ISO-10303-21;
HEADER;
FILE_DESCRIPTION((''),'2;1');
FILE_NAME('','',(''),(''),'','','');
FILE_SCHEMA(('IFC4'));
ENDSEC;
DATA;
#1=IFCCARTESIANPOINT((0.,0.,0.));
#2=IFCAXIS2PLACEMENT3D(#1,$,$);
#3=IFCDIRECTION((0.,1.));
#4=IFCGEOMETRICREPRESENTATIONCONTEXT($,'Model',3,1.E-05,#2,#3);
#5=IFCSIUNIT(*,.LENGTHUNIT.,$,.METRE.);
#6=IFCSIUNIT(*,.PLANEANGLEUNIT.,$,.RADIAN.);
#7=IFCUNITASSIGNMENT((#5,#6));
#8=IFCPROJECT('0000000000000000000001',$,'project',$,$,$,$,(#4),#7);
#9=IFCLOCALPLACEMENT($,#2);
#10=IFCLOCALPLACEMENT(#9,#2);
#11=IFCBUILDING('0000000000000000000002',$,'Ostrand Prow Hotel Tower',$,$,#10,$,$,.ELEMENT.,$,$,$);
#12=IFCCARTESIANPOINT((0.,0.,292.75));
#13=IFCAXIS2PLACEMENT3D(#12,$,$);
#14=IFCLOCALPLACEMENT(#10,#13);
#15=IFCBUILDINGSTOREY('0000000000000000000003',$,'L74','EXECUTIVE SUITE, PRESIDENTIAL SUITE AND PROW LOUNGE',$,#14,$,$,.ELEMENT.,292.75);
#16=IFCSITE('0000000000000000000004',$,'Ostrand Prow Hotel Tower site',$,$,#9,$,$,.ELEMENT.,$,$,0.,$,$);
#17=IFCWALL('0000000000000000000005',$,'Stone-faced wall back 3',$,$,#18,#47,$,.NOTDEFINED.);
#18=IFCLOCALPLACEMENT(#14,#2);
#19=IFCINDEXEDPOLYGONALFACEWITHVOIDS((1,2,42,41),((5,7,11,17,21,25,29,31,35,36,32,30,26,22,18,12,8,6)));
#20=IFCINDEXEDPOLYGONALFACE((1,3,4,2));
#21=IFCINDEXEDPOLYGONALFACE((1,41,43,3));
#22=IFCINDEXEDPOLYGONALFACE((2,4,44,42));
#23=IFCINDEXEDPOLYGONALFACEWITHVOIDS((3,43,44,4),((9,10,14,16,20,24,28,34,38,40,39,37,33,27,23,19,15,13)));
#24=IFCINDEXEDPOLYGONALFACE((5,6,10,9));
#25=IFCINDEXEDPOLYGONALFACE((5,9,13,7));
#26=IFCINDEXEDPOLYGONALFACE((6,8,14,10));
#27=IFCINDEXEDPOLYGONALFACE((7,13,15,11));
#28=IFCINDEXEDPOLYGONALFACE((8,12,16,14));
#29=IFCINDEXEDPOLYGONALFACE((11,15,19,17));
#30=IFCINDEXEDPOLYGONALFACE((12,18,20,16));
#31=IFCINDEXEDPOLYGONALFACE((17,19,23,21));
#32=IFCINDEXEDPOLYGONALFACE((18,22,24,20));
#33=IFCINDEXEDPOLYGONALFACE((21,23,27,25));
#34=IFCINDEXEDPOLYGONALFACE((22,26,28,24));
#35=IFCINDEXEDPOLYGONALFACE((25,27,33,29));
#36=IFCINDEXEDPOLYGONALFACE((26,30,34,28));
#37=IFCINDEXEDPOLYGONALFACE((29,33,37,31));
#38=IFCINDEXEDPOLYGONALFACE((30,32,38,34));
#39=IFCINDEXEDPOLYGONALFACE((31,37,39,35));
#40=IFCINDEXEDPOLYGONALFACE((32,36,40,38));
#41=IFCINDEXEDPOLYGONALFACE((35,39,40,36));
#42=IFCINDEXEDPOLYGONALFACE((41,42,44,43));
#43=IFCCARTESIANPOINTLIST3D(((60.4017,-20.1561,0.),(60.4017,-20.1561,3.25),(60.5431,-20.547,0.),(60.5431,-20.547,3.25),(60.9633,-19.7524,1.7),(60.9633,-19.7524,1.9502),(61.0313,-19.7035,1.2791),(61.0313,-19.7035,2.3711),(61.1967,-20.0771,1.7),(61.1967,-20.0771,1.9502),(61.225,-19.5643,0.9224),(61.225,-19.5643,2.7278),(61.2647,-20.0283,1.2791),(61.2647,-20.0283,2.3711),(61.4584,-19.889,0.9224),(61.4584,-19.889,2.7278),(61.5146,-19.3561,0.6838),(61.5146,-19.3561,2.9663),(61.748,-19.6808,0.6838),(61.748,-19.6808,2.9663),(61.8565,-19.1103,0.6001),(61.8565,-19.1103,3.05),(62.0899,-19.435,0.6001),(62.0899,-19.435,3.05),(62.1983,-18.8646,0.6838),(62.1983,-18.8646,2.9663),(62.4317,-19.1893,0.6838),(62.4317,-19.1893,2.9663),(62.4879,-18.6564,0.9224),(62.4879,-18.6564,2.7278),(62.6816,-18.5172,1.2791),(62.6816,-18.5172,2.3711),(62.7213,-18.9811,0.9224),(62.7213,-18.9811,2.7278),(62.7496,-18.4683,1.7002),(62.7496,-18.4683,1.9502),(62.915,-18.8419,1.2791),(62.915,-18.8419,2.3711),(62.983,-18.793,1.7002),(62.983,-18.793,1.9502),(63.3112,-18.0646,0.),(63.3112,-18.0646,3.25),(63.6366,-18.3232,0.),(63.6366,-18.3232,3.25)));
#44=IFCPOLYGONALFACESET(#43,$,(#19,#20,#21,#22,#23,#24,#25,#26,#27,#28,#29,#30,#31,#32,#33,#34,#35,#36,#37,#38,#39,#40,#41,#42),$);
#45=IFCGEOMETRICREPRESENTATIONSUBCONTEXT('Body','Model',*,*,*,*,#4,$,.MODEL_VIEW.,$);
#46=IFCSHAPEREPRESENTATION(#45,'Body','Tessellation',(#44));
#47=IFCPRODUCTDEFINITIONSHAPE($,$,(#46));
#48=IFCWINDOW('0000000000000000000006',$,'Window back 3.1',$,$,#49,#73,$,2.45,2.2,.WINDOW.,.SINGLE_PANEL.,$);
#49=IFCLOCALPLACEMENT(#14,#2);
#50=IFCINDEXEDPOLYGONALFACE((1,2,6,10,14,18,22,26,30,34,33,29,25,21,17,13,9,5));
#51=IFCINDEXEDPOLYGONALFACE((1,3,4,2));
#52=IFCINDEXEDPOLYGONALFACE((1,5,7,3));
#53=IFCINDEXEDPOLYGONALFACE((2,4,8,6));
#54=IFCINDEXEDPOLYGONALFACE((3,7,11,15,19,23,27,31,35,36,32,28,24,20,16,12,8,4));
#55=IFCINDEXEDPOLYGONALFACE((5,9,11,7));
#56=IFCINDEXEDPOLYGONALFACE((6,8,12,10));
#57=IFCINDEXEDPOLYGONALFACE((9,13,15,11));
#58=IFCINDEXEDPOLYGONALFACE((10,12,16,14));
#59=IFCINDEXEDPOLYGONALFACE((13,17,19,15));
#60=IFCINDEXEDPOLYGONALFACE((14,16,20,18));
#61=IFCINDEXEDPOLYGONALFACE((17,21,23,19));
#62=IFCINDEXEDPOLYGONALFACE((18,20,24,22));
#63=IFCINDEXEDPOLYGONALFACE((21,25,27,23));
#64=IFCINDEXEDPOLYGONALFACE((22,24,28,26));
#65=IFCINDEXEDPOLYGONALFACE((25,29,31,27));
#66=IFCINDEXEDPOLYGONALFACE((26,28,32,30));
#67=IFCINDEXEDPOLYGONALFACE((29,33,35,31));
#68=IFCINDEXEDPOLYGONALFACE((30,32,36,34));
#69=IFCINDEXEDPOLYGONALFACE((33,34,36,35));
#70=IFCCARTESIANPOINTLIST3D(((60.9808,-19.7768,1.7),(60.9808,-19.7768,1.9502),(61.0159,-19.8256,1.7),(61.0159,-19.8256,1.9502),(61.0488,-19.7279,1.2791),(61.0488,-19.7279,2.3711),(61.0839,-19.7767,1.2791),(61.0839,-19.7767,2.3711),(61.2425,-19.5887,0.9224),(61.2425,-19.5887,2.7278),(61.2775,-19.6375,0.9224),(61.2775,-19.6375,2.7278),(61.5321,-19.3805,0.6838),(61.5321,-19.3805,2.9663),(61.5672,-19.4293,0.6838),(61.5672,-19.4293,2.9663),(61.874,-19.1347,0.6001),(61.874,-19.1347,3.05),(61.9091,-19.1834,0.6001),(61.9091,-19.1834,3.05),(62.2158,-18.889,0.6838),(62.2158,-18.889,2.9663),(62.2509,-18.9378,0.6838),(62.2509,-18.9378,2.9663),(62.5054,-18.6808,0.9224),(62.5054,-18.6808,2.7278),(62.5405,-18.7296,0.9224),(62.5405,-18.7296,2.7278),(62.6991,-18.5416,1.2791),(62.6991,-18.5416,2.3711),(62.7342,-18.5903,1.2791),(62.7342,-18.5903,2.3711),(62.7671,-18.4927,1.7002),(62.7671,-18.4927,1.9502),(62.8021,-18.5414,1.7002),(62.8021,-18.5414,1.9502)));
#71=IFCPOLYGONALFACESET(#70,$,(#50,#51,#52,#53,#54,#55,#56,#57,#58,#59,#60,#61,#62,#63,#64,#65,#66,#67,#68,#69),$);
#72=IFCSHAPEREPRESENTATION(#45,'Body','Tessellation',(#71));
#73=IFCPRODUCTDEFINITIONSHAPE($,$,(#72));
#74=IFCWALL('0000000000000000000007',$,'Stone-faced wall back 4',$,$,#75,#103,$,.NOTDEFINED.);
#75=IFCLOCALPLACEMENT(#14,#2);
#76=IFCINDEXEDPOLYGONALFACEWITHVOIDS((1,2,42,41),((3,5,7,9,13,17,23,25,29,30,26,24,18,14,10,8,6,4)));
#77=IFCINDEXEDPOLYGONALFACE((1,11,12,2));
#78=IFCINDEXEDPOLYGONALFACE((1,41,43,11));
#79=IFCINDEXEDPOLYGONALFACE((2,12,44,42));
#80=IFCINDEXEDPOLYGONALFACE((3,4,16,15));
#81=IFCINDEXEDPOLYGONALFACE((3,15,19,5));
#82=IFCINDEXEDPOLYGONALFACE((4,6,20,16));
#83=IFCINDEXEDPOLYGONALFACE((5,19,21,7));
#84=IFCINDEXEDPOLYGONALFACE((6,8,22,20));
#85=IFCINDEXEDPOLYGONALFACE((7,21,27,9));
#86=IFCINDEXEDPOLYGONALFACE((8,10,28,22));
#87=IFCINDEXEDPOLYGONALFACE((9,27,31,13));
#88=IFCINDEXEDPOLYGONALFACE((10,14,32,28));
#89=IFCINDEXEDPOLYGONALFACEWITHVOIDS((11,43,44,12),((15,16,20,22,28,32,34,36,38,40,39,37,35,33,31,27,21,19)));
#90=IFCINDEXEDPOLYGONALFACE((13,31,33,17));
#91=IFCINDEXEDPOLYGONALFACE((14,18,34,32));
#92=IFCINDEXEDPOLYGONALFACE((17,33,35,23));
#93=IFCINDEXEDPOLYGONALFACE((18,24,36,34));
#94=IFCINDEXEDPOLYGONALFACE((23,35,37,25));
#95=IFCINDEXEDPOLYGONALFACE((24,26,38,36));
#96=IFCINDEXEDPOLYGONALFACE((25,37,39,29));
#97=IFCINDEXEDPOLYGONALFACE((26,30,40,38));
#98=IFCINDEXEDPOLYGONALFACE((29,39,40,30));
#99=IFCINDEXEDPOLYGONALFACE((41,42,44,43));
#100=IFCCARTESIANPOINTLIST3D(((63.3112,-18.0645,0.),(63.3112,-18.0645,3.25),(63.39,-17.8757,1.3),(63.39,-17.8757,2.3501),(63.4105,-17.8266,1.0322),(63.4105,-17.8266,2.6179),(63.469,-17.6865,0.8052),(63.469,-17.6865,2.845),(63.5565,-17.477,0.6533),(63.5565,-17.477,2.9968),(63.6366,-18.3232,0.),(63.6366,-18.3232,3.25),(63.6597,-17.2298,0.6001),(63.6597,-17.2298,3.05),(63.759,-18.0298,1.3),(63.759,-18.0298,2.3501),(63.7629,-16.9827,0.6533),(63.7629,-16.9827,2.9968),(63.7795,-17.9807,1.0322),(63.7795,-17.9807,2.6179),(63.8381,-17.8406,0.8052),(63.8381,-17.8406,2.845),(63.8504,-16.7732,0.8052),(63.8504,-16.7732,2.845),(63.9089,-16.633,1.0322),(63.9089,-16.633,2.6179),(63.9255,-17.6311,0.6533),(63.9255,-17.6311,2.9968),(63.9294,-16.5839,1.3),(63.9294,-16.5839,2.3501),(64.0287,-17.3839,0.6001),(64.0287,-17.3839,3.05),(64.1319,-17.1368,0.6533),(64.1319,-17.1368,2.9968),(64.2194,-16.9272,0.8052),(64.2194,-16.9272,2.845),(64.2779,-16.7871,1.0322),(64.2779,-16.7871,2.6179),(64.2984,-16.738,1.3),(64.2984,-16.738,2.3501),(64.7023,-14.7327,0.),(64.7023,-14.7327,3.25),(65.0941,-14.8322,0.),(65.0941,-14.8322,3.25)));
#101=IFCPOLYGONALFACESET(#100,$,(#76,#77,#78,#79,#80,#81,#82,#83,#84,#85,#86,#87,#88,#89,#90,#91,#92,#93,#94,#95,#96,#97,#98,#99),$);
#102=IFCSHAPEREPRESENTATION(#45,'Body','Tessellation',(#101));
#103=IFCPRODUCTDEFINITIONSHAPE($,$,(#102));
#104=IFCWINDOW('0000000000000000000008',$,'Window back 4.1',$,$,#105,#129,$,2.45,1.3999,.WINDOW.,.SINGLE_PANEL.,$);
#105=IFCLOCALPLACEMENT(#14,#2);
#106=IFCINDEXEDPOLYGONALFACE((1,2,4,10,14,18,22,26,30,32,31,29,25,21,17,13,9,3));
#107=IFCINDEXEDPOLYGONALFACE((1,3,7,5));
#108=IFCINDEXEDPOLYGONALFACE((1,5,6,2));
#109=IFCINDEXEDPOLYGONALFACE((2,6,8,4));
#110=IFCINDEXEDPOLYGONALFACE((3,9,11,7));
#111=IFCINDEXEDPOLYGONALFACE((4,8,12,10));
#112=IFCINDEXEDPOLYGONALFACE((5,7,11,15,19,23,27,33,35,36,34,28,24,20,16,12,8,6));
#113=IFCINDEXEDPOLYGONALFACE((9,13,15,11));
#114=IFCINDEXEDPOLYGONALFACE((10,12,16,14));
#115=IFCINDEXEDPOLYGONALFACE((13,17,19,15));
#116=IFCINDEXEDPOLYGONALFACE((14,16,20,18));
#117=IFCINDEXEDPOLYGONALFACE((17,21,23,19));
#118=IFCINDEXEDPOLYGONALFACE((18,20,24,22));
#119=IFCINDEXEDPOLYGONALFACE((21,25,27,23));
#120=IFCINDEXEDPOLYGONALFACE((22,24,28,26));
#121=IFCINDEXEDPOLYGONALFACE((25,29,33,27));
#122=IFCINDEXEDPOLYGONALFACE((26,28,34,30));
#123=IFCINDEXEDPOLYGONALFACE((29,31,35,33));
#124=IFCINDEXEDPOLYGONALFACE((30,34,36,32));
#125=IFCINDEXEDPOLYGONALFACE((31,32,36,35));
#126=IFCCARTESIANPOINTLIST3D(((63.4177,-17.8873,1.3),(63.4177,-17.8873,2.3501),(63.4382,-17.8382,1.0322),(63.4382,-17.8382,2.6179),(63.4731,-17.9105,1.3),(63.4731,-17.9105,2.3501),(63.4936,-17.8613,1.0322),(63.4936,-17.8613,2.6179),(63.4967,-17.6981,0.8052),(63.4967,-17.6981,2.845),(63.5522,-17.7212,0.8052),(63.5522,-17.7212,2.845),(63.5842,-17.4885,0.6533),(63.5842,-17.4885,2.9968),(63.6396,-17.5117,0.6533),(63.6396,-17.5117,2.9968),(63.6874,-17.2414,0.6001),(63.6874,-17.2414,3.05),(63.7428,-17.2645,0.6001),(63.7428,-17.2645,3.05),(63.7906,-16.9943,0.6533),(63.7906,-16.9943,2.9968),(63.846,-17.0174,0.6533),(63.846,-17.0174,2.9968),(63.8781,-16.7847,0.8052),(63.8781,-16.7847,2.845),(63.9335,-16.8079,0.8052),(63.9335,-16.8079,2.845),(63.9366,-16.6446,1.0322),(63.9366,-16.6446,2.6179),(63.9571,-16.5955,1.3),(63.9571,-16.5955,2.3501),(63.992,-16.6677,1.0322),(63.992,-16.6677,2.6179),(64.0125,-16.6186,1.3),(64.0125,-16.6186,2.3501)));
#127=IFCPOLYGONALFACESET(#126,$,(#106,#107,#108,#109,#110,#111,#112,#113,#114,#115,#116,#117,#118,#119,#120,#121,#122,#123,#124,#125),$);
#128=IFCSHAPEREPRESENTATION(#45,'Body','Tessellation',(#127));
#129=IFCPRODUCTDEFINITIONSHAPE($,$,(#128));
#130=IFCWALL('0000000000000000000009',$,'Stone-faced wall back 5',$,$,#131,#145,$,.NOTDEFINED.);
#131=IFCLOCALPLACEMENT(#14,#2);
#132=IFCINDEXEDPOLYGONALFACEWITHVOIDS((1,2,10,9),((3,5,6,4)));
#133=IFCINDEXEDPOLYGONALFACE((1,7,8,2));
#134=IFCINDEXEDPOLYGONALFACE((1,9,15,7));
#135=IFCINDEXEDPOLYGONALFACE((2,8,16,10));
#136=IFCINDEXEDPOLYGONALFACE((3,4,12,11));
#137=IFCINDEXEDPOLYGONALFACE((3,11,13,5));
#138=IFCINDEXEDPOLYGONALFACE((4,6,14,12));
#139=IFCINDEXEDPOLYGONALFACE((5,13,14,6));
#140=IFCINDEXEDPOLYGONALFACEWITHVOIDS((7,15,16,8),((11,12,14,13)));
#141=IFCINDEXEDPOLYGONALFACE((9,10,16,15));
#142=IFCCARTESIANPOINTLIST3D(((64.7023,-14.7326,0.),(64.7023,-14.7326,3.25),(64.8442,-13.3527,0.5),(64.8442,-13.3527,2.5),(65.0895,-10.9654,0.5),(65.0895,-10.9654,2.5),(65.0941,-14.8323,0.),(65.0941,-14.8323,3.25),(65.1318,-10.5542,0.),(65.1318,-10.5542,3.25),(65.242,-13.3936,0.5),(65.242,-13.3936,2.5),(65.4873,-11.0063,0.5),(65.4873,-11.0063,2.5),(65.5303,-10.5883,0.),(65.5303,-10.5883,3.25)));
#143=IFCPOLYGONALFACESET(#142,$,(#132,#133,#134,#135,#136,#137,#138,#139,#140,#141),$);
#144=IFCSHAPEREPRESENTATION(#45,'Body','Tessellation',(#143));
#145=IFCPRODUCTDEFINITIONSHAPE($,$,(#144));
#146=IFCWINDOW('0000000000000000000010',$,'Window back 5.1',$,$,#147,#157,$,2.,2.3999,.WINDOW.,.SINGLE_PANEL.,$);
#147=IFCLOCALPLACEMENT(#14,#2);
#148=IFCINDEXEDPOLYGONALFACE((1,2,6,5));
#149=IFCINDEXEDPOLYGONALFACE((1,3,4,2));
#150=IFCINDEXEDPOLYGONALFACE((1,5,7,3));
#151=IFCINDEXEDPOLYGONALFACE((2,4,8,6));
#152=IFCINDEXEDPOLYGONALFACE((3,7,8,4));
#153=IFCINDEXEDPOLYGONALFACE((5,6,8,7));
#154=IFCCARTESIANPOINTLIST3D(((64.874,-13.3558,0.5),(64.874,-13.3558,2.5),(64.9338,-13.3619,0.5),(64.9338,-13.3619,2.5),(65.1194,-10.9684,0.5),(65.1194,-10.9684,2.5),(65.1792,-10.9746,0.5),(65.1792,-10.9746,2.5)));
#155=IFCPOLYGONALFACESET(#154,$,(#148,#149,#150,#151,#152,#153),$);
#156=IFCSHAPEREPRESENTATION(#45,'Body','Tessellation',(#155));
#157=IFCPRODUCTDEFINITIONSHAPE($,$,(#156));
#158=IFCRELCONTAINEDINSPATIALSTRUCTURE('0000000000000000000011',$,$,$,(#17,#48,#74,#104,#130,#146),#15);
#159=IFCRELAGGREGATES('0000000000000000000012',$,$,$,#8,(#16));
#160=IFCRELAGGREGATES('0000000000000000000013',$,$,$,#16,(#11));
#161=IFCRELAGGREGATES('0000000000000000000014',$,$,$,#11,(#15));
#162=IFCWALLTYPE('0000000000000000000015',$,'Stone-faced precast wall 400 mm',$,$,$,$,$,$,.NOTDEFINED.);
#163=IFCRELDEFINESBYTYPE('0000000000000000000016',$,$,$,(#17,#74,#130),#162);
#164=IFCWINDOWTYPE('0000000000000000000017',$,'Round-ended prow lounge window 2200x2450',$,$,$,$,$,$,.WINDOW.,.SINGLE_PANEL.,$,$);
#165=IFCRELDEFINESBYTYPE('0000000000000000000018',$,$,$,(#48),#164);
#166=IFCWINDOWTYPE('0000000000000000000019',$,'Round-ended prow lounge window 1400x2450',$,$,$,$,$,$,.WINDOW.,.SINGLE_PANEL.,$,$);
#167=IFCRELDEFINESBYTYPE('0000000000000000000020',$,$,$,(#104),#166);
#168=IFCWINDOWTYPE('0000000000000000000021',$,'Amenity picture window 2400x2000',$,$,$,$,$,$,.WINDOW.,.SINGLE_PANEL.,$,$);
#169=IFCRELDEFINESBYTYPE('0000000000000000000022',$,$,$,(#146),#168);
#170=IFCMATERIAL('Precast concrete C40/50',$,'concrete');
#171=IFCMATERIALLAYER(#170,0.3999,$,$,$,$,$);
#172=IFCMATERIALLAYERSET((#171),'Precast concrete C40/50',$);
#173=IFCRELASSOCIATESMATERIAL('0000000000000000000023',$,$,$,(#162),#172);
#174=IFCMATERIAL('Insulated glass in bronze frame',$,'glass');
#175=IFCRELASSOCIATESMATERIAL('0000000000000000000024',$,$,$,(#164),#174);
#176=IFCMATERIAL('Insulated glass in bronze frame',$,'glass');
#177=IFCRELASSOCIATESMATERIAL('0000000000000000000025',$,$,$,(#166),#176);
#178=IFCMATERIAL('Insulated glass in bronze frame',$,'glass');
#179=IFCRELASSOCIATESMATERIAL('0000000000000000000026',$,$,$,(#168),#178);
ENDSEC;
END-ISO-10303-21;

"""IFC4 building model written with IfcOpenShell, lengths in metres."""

from ifc_helpers import new_model, si_unit, direction, frame, frame_2d, origin, place, context, subcontext, project, spatial, polyline, rectangle, outline, extrude, material, layer, layer_set, type_object, element, fill, save


model = new_model("IFC4")

# Units and contexts
model_context = context("Model", 3, precision=1e-05, world=origin(), true_north=direction((0.0, 1.0)))
body_context = subcontext(model_context, "Body", "Model", "MODEL_VIEW")
ifc_project = project(units=[si_unit("LENGTHUNIT", "METRE"), si_unit("PLANEANGLEUNIT", "RADIAN")], contexts=[model_context])

# Site, building, storey
site_placement = place(None, origin())
site = spatial("IfcSite", under=ifc_project, at=site_placement, Name="Ostrand Prow Hotel Tower site", CompositionType="ELEMENT", RefElevation=0.0)
building_placement = place(site_placement, origin())
building = spatial("IfcBuilding", under=site, at=building_placement, Name="Ostrand Prow Hotel Tower", CompositionType="ELEMENT")
storey_placement = place(building_placement, frame((0.0, 0.0, 292.75)))
storey = spatial("IfcBuildingStorey", under=building, at=storey_placement, Name="L74", Description="EXECUTIVE SUITE, PRESIDENTIAL SUITE AND PROW LOUNGE", CompositionType="ELEMENT", Elevation=292.75)

# Walls, openings, windows
ifc_material_1 = material(Name="Precast concrete C40/50", Category="concrete")
ifc_layer_1 = layer(ifc_material_1, 0.3999)
ifc_layer_set_1 = layer_set([ifc_layer_1], Name="Precast concrete C40/50")
wall_type_1 = type_object("IfcWallType", Name="Stone-faced precast wall 400 mm", PredefinedType="NOTDEFINED", material=ifc_layer_set_1)
ifc_material_2 = material(Name="Insulated glass in bronze frame", Category="glass")
window_type_1 = type_object("IfcWindowType", Name="Round-ended prow lounge window 2200x2450", PartitioningType="SINGLE_PANEL", PredefinedType="WINDOW", material=ifc_material_2)
wall_1_placement = place(storey_placement, frame((60.4724, -20.3516, 0.0), z_axis=(0.0, 0.0, 1.0), x_axis=(0.811963, 0.58371, 0.0)))
wall_1 = element("IfcWall", 1, at=wall_1_placement, inside=storey, type_object=wall_type_1, Name="Stone-faced wall back 3", PredefinedType="NOTDEFINED", context=body_context, shape_type="SweptSolid", body=[
    extrude(outline(polyline([(-0.0566, -0.2), (3.7532, -0.2), (3.6399, 0.2), (0.0566, 0.2), (-0.0566, -0.2)])), origin(), (0.0, 0.0, 1.0), 3.25),
])
opening_1_placement = place(wall_1_placement, frame((0.7483, 0.0, 0.6001)))
opening_1 = element("IfcOpeningElement", 2, at=opening_1_placement, cuts=wall_1, PredefinedType="OPENING", context=body_context, shape_type="SweptSolid", body=[
    extrude(outline(polyline([(0.0, 1.3501), (0.0837, 1.771), (0.3223, 2.1277), (0.679, 2.3662), (1.1001, 2.45), (1.521, 2.3662), (1.8777, 2.1277), (2.1162, 1.771), (2.2, 1.3501), (2.2, 1.1001), (2.1162, 0.679), (1.8777, 0.3223), (1.521, 0.0837), (1.1001, 0.0), (0.679, 0.0837), (0.3223, 0.3223), (0.0837, 0.679), (0.0, 1.0999), (0.0, 1.3501)])), frame((0.0, 0.21, 0.0), z_axis=(0.0, -1.0, 0.0), x_axis=(1.0, 0.0, 0.0)), (0.0, 0.0, 1.0), 0.4199),
])
window_1_placement = place(opening_1_placement, origin())
window_1 = element("IfcWindow", 3, at=window_1_placement, inside=storey, type_object=window_type_1, Name="Window back 3.1", OverallHeight=2.45, OverallWidth=2.2, PartitioningType="SINGLE_PANEL", PredefinedType="WINDOW", context=body_context, shape_type="SweptSolid", body=[
    extrude(outline(polyline([(0.0, 1.3501), (0.0837, 1.771), (0.3223, 2.1277), (0.679, 2.3662), (1.1001, 2.45), (1.521, 2.3662), (1.8777, 2.1277), (2.1162, 1.771), (2.2, 1.3501), (2.2, 1.1001), (2.1162, 0.679), (1.8777, 0.3223), (1.521, 0.0837), (1.1001, 0.0), (0.679, 0.0837), (0.3223, 0.3223), (0.0837, 0.679), (0.0, 1.0999), (0.0, 1.3501)])), frame((0.0, 0.1699, 0.0), z_axis=(0.0, -1.0, 0.0), x_axis=(1.0, 0.0, 0.0)), (0.0, 0.0, 1.0), 0.0601),
])
fill(opening_1, window_1)
wall_2_placement = place(storey_placement, frame((63.4739, -18.1938, 0.0), z_axis=(0.0, 0.0, 1.0), x_axis=(0.385286, 0.922797, 0.0)))
wall_2 = element("IfcWall", 4, at=wall_2_placement, inside=storey, type_object=wall_type_1, Name="Stone-faced wall back 4", PredefinedType="NOTDEFINED", context=body_context, shape_type="SweptSolid", body=[
    extrude(outline(polyline([(-0.0566, -0.2), (3.7263, -0.2), (3.6672, 0.2), (0.0566, 0.2), (-0.0566, -0.2)])), origin(), (0.0, 0.0, 1.0), 3.25),
])
opening_2_placement = place(wall_2_placement, frame((0.2612, 0.0, 0.6001)))
opening_2 = element("IfcOpeningElement", 5, at=opening_2_placement, cuts=wall_2, PredefinedType="OPENING", context=body_context, shape_type="SweptSolid", body=[
    extrude(outline(polyline([(0.0, 1.75), (0.0532, 2.0178), (0.2051, 2.2449), (0.4321, 2.3967), (0.7, 2.45), (0.9678, 2.3967), (1.1948, 2.2449), (1.3467, 2.0178), (1.3999, 1.75), (1.3999, 0.7), (1.3467, 0.4321), (1.1948, 0.2051), (0.9678, 0.0532), (0.7, 0.0), (0.4321, 0.0532), (0.2051, 0.2051), (0.0532, 0.4321), (0.0, 0.7), (0.0, 1.75)])), frame((0.0, 0.21, 0.0), z_axis=(0.0, -1.0, 0.0), x_axis=(1.0, 0.0, 0.0)), (0.0, 0.0, 1.0), 0.4199),
])
ifc_material_3 = material(Name="Insulated glass in bronze frame", Category="glass")
window_type_2 = type_object("IfcWindowType", Name="Round-ended prow lounge window 1400x2450", PartitioningType="SINGLE_PANEL", PredefinedType="WINDOW", material=ifc_material_3)
window_2_placement = place(opening_2_placement, origin())
window_2 = element("IfcWindow", 6, at=window_2_placement, inside=storey, type_object=window_type_2, Name="Window back 4.1", OverallHeight=2.45, OverallWidth=1.3999, PartitioningType="SINGLE_PANEL", PredefinedType="WINDOW", context=body_context, shape_type="SweptSolid", body=[
    extrude(outline(polyline([(0.0, 1.75), (0.0532, 2.0178), (0.2051, 2.2449), (0.4321, 2.3967), (0.7, 2.45), (0.9678, 2.3967), (1.1948, 2.2449), (1.3467, 2.0178), (1.3999, 1.75), (1.3999, 0.7), (1.3467, 0.4321), (1.1948, 0.2051), (0.9678, 0.0532), (0.7, 0.0), (0.4321, 0.0532), (0.2051, 0.2051), (0.0532, 0.4321), (0.0, 0.7), (0.0, 1.75)])), frame((0.0, 0.1699, 0.0), z_axis=(0.0, -1.0, 0.0), x_axis=(1.0, 0.0, 0.0)), (0.0, 0.0, 1.0), 0.0601),
])
fill(opening_2, window_2)
wall_3_placement = place(storey_placement, frame((64.8982, -14.7825, 0.0), z_axis=(0.0, 0.0, 1.0), x_axis=(0.10225, 0.994759, 0.0)))
wall_3 = element("IfcWall", 7, at=wall_3_placement, inside=storey, type_object=wall_type_1, Name="Stone-faced wall back 5", PredefinedType="NOTDEFINED", context=body_context, shape_type="SweptSolid", body=[
    extrude(outline(polyline([(-0.0295, -0.2), (4.2368, -0.2), (4.23, 0.2), (0.0295, 0.2), (-0.0295, -0.2)])), origin(), (0.0, 0.0, 1.0), 3.25),
])
opening_3_placement = place(wall_3_placement, frame((1.4167, 0.0, 0.5)))
opening_3 = element("IfcOpeningElement", 8, at=opening_3_placement, cuts=wall_3, PredefinedType="OPENING", context=body_context, shape_type="SweptSolid", body=[
    extrude(rectangle(XDim=2.3999, YDim=2.0, at=frame_2d((1.2, 1.0))), frame((0.0, 0.21, 0.0), z_axis=(0.0, -1.0, 0.0), x_axis=(1.0, 0.0, 0.0)), (0.0, 0.0, 1.0), 0.4199),
])
ifc_material_4 = material(Name="Insulated glass in bronze frame", Category="glass")
window_type_3 = type_object("IfcWindowType", Name="Amenity picture window 2400x2000", PartitioningType="SINGLE_PANEL", PredefinedType="WINDOW", material=ifc_material_4)
window_3_placement = place(opening_3_placement, origin())
window_3 = element("IfcWindow", 9, at=window_3_placement, inside=storey, type_object=window_type_3, Name="Window back 5.1", OverallHeight=2.0, OverallWidth=2.3999, PartitioningType="SINGLE_PANEL", PredefinedType="WINDOW", context=body_context, shape_type="SweptSolid", body=[
    extrude(rectangle(XDim=2.3999, YDim=2.0, at=frame_2d((1.2, 1.0))), frame((0.0, 0.1699, 0.0), z_axis=(0.0, -1.0, 0.0), x_axis=(1.0, 0.0, 0.0)), (0.0, 0.0, 1.0), 0.0601),
])
fill(opening_3, window_3)

save(model, "model.ifc")
